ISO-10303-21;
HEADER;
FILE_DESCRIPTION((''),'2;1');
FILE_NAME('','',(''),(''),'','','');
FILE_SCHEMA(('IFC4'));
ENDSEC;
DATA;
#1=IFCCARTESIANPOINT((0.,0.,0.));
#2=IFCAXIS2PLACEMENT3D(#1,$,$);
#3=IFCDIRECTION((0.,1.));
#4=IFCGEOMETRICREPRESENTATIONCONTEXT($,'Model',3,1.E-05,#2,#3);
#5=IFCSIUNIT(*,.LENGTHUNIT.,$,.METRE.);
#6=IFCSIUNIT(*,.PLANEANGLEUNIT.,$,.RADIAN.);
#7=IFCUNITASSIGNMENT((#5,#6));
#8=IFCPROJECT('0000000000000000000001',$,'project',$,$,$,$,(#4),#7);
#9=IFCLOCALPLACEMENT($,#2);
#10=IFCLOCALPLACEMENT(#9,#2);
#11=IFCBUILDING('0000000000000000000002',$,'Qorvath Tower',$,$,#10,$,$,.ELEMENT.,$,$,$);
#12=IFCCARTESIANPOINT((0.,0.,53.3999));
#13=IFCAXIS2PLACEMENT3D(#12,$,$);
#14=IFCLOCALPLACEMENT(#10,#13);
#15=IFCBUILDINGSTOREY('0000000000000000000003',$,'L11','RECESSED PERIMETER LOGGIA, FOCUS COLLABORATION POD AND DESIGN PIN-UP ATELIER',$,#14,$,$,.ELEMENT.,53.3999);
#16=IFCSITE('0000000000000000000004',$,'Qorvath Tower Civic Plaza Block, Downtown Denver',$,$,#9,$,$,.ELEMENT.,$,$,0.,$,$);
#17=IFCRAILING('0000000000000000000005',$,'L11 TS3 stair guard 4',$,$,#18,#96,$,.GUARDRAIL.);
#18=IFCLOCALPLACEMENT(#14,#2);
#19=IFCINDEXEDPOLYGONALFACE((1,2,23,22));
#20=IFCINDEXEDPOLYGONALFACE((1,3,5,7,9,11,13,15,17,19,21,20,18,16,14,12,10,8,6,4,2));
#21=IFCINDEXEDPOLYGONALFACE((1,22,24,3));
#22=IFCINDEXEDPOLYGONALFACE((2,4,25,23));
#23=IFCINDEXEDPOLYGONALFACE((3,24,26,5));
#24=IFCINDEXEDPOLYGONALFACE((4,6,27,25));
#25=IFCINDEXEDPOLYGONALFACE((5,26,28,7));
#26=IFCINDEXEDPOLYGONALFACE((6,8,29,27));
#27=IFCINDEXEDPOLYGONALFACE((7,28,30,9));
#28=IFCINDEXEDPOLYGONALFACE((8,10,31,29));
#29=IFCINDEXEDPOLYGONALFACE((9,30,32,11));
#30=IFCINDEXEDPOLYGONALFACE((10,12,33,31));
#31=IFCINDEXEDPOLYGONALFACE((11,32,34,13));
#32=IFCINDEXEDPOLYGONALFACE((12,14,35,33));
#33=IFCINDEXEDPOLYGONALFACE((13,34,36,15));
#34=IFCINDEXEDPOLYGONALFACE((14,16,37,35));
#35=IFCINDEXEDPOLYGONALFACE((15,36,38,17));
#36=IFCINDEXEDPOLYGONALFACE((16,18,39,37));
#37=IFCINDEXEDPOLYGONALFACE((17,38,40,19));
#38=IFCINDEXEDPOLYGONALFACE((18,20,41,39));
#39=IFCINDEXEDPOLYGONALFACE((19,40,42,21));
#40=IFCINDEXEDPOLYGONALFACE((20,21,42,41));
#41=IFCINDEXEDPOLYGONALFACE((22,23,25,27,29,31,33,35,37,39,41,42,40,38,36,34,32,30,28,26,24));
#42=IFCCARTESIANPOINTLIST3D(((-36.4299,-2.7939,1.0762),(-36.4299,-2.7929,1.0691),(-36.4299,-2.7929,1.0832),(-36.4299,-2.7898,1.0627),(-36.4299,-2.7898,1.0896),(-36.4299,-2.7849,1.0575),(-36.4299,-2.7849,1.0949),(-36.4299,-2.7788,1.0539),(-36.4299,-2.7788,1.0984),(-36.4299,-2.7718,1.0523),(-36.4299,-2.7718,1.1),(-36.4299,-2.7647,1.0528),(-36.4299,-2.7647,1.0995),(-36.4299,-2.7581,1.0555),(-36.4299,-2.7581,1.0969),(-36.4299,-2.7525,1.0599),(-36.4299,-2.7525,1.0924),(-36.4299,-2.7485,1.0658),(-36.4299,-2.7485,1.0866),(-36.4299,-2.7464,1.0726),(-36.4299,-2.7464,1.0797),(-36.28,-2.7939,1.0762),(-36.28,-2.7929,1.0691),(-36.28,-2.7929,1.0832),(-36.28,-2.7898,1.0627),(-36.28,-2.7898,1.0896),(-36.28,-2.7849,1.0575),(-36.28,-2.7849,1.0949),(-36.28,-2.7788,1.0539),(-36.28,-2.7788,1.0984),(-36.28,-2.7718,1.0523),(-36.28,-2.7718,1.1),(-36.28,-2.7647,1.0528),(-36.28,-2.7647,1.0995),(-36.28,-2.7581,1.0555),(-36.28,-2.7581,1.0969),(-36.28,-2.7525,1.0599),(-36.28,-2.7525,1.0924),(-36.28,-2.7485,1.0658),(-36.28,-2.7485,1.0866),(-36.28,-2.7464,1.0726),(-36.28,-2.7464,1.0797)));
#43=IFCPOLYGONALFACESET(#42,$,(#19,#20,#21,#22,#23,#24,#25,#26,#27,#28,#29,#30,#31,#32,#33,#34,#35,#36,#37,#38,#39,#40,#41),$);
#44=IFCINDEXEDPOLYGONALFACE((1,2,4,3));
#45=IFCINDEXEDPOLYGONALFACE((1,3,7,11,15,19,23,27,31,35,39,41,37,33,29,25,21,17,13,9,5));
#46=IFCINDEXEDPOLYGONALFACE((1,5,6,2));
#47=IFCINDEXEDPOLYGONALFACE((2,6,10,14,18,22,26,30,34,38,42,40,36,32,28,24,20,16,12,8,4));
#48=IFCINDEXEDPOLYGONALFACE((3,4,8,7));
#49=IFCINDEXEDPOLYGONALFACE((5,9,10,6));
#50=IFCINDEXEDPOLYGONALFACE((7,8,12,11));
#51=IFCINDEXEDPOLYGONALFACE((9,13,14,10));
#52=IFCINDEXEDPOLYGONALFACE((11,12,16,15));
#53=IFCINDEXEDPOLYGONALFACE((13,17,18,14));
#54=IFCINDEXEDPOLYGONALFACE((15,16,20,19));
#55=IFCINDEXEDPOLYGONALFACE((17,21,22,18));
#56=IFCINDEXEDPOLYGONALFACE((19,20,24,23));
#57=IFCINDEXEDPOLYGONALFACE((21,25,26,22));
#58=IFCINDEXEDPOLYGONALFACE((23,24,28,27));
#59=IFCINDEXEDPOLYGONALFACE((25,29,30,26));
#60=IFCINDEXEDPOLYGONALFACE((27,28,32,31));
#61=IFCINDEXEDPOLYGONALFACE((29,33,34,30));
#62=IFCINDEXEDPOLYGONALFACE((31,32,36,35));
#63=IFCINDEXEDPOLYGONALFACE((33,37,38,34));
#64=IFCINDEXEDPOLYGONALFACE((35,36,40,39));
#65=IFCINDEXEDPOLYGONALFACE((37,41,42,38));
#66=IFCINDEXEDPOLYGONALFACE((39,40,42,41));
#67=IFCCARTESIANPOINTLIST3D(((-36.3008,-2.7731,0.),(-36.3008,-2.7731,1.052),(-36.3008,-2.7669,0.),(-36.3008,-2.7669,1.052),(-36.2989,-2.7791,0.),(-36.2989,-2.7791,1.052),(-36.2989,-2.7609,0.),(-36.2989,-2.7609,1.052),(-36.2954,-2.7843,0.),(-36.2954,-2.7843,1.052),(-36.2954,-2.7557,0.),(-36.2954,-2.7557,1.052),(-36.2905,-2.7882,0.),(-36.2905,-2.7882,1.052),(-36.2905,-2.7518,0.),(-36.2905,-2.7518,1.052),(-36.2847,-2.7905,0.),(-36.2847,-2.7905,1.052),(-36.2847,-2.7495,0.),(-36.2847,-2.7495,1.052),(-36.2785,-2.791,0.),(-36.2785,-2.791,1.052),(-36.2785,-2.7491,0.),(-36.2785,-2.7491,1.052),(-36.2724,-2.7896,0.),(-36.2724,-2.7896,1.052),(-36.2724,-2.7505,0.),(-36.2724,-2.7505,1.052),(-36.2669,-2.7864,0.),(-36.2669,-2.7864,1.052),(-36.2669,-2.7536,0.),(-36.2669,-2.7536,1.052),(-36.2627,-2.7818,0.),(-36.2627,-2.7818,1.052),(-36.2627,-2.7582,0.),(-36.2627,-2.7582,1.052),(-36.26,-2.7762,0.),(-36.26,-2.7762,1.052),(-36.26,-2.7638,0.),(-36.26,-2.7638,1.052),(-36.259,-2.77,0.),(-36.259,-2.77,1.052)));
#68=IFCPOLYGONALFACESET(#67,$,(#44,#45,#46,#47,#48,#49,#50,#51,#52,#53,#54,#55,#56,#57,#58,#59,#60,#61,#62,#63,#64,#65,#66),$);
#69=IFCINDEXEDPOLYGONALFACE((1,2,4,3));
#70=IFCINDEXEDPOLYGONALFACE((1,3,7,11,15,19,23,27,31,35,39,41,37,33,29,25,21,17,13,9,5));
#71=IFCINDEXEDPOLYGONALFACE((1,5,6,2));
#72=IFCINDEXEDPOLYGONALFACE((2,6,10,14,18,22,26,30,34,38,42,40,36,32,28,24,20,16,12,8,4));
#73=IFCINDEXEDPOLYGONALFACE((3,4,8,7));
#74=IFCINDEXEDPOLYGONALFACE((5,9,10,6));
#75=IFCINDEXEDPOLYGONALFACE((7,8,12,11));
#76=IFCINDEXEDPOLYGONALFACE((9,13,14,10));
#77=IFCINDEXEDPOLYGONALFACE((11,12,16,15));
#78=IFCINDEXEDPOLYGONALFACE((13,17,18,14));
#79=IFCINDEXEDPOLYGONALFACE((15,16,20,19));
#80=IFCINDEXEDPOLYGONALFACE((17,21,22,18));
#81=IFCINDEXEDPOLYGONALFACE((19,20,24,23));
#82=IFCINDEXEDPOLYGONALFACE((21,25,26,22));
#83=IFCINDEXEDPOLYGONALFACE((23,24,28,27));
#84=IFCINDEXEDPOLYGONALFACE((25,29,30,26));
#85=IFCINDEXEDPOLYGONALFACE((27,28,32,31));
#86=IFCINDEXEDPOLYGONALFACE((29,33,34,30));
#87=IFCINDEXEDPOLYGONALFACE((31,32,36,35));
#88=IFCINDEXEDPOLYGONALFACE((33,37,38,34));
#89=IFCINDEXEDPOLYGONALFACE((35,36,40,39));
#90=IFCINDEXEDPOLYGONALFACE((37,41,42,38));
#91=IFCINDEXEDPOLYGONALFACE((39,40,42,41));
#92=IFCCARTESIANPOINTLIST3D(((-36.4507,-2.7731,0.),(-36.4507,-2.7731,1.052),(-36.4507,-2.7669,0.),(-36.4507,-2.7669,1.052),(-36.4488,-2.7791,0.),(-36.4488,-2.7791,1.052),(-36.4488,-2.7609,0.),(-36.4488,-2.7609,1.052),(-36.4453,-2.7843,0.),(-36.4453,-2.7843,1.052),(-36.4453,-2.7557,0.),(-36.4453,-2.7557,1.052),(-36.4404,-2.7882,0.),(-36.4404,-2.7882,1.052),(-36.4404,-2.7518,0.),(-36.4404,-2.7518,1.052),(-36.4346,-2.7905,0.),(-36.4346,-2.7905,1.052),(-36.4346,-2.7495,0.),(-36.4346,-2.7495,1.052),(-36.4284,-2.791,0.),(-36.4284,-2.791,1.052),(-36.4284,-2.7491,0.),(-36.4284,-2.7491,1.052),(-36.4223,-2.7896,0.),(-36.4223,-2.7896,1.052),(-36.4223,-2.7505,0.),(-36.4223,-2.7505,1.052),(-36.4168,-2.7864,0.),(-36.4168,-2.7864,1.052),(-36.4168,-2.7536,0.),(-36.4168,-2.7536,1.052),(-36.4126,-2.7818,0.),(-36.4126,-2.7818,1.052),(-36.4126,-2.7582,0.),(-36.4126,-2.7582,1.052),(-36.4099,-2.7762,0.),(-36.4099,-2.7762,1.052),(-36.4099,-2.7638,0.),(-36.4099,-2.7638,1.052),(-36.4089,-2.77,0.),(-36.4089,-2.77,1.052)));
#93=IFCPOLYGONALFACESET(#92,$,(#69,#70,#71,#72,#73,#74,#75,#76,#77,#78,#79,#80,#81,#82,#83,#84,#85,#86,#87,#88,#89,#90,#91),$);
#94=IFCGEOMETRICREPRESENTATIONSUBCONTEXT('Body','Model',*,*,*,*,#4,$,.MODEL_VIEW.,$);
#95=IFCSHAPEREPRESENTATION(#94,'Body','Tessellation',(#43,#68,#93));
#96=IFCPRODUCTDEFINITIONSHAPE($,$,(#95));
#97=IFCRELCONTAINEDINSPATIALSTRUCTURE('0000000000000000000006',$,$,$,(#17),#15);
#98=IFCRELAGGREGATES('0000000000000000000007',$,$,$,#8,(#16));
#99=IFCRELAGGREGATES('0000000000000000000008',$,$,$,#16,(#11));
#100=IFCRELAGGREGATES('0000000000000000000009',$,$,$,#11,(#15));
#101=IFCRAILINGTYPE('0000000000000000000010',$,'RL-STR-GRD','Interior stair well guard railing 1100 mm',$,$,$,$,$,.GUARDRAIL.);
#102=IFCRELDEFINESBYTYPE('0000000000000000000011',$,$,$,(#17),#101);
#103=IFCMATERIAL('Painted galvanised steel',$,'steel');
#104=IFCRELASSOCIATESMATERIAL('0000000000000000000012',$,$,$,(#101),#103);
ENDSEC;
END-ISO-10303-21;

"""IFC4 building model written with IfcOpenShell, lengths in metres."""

from ifc_helpers import new_model, si_unit, direction, frame, origin, origin_2d, place, context, subcontext, project, spatial, circle, extrude, material, type_object, element, save


model = new_model("IFC4")

# Units and contexts
model_context = context("Model", 3, precision=1e-05, world=origin(), true_north=direction((0.0, 1.0)))
body_context = subcontext(model_context, "Body", "Model", "MODEL_VIEW")
ifc_project = project(units=[si_unit("LENGTHUNIT", "METRE"), si_unit("PLANEANGLEUNIT", "RADIAN")], contexts=[model_context])

# Site, building, storey
site_placement = place(None, origin())
site = spatial("IfcSite", under=ifc_project, at=site_placement, Name="Qorvath Tower Civic Plaza Block, Downtown Denver", CompositionType="ELEMENT", RefElevation=0.0)
building_placement = place(site_placement, origin())
building = spatial("IfcBuilding", under=site, at=building_placement, Name="Qorvath Tower", CompositionType="ELEMENT")
storey_placement = place(building_placement, frame((0.0, 0.0, 53.3999)))
storey = spatial("IfcBuildingStorey", under=building, at=storey_placement, Name="L11", Description="RECESSED PERIMETER LOGGIA, FOCUS COLLABORATION POD AND DESIGN PIN-UP ATELIER", CompositionType="ELEMENT", Elevation=53.3999)

# Railing
ifc_material_1 = material(Name="Painted galvanised steel", Category="steel")
railing_type_1 = type_object("IfcRailingType", Name="RL-STR-GRD", Description="Interior stair well guard railing 1100 mm", PredefinedType="GUARDRAIL", material=ifc_material_1)
railing_1_placement = place(storey_placement, frame((-36.28, -2.77, 0.0)))
element("IfcRailing", 1, at=railing_1_placement, inside=storey, type_object=railing_type_1, Name="L11 TS3 stair guard 4", PredefinedType="GUARDRAIL", context=body_context, shape_type="SweptSolid", body=[
    extrude(circle(Radius=0.0239, at=origin_2d()), frame((0.0, 0.0, 1.0762), z_axis=(-1.0, 0.0, 0.0), x_axis=(0.0, -1.0, 0.0)), (0.0, 0.0, 1.0), 0.1499),
    extrude(circle(Radius=0.021, at=origin_2d()), origin(), (0.0, 0.0, 1.0), 1.052),
    extrude(circle(Radius=0.021, at=origin_2d()), frame((-0.1499, 0.0, 0.0)), (0.0, 0.0, 1.0), 1.052),
])

save(model, "model.ifc")
